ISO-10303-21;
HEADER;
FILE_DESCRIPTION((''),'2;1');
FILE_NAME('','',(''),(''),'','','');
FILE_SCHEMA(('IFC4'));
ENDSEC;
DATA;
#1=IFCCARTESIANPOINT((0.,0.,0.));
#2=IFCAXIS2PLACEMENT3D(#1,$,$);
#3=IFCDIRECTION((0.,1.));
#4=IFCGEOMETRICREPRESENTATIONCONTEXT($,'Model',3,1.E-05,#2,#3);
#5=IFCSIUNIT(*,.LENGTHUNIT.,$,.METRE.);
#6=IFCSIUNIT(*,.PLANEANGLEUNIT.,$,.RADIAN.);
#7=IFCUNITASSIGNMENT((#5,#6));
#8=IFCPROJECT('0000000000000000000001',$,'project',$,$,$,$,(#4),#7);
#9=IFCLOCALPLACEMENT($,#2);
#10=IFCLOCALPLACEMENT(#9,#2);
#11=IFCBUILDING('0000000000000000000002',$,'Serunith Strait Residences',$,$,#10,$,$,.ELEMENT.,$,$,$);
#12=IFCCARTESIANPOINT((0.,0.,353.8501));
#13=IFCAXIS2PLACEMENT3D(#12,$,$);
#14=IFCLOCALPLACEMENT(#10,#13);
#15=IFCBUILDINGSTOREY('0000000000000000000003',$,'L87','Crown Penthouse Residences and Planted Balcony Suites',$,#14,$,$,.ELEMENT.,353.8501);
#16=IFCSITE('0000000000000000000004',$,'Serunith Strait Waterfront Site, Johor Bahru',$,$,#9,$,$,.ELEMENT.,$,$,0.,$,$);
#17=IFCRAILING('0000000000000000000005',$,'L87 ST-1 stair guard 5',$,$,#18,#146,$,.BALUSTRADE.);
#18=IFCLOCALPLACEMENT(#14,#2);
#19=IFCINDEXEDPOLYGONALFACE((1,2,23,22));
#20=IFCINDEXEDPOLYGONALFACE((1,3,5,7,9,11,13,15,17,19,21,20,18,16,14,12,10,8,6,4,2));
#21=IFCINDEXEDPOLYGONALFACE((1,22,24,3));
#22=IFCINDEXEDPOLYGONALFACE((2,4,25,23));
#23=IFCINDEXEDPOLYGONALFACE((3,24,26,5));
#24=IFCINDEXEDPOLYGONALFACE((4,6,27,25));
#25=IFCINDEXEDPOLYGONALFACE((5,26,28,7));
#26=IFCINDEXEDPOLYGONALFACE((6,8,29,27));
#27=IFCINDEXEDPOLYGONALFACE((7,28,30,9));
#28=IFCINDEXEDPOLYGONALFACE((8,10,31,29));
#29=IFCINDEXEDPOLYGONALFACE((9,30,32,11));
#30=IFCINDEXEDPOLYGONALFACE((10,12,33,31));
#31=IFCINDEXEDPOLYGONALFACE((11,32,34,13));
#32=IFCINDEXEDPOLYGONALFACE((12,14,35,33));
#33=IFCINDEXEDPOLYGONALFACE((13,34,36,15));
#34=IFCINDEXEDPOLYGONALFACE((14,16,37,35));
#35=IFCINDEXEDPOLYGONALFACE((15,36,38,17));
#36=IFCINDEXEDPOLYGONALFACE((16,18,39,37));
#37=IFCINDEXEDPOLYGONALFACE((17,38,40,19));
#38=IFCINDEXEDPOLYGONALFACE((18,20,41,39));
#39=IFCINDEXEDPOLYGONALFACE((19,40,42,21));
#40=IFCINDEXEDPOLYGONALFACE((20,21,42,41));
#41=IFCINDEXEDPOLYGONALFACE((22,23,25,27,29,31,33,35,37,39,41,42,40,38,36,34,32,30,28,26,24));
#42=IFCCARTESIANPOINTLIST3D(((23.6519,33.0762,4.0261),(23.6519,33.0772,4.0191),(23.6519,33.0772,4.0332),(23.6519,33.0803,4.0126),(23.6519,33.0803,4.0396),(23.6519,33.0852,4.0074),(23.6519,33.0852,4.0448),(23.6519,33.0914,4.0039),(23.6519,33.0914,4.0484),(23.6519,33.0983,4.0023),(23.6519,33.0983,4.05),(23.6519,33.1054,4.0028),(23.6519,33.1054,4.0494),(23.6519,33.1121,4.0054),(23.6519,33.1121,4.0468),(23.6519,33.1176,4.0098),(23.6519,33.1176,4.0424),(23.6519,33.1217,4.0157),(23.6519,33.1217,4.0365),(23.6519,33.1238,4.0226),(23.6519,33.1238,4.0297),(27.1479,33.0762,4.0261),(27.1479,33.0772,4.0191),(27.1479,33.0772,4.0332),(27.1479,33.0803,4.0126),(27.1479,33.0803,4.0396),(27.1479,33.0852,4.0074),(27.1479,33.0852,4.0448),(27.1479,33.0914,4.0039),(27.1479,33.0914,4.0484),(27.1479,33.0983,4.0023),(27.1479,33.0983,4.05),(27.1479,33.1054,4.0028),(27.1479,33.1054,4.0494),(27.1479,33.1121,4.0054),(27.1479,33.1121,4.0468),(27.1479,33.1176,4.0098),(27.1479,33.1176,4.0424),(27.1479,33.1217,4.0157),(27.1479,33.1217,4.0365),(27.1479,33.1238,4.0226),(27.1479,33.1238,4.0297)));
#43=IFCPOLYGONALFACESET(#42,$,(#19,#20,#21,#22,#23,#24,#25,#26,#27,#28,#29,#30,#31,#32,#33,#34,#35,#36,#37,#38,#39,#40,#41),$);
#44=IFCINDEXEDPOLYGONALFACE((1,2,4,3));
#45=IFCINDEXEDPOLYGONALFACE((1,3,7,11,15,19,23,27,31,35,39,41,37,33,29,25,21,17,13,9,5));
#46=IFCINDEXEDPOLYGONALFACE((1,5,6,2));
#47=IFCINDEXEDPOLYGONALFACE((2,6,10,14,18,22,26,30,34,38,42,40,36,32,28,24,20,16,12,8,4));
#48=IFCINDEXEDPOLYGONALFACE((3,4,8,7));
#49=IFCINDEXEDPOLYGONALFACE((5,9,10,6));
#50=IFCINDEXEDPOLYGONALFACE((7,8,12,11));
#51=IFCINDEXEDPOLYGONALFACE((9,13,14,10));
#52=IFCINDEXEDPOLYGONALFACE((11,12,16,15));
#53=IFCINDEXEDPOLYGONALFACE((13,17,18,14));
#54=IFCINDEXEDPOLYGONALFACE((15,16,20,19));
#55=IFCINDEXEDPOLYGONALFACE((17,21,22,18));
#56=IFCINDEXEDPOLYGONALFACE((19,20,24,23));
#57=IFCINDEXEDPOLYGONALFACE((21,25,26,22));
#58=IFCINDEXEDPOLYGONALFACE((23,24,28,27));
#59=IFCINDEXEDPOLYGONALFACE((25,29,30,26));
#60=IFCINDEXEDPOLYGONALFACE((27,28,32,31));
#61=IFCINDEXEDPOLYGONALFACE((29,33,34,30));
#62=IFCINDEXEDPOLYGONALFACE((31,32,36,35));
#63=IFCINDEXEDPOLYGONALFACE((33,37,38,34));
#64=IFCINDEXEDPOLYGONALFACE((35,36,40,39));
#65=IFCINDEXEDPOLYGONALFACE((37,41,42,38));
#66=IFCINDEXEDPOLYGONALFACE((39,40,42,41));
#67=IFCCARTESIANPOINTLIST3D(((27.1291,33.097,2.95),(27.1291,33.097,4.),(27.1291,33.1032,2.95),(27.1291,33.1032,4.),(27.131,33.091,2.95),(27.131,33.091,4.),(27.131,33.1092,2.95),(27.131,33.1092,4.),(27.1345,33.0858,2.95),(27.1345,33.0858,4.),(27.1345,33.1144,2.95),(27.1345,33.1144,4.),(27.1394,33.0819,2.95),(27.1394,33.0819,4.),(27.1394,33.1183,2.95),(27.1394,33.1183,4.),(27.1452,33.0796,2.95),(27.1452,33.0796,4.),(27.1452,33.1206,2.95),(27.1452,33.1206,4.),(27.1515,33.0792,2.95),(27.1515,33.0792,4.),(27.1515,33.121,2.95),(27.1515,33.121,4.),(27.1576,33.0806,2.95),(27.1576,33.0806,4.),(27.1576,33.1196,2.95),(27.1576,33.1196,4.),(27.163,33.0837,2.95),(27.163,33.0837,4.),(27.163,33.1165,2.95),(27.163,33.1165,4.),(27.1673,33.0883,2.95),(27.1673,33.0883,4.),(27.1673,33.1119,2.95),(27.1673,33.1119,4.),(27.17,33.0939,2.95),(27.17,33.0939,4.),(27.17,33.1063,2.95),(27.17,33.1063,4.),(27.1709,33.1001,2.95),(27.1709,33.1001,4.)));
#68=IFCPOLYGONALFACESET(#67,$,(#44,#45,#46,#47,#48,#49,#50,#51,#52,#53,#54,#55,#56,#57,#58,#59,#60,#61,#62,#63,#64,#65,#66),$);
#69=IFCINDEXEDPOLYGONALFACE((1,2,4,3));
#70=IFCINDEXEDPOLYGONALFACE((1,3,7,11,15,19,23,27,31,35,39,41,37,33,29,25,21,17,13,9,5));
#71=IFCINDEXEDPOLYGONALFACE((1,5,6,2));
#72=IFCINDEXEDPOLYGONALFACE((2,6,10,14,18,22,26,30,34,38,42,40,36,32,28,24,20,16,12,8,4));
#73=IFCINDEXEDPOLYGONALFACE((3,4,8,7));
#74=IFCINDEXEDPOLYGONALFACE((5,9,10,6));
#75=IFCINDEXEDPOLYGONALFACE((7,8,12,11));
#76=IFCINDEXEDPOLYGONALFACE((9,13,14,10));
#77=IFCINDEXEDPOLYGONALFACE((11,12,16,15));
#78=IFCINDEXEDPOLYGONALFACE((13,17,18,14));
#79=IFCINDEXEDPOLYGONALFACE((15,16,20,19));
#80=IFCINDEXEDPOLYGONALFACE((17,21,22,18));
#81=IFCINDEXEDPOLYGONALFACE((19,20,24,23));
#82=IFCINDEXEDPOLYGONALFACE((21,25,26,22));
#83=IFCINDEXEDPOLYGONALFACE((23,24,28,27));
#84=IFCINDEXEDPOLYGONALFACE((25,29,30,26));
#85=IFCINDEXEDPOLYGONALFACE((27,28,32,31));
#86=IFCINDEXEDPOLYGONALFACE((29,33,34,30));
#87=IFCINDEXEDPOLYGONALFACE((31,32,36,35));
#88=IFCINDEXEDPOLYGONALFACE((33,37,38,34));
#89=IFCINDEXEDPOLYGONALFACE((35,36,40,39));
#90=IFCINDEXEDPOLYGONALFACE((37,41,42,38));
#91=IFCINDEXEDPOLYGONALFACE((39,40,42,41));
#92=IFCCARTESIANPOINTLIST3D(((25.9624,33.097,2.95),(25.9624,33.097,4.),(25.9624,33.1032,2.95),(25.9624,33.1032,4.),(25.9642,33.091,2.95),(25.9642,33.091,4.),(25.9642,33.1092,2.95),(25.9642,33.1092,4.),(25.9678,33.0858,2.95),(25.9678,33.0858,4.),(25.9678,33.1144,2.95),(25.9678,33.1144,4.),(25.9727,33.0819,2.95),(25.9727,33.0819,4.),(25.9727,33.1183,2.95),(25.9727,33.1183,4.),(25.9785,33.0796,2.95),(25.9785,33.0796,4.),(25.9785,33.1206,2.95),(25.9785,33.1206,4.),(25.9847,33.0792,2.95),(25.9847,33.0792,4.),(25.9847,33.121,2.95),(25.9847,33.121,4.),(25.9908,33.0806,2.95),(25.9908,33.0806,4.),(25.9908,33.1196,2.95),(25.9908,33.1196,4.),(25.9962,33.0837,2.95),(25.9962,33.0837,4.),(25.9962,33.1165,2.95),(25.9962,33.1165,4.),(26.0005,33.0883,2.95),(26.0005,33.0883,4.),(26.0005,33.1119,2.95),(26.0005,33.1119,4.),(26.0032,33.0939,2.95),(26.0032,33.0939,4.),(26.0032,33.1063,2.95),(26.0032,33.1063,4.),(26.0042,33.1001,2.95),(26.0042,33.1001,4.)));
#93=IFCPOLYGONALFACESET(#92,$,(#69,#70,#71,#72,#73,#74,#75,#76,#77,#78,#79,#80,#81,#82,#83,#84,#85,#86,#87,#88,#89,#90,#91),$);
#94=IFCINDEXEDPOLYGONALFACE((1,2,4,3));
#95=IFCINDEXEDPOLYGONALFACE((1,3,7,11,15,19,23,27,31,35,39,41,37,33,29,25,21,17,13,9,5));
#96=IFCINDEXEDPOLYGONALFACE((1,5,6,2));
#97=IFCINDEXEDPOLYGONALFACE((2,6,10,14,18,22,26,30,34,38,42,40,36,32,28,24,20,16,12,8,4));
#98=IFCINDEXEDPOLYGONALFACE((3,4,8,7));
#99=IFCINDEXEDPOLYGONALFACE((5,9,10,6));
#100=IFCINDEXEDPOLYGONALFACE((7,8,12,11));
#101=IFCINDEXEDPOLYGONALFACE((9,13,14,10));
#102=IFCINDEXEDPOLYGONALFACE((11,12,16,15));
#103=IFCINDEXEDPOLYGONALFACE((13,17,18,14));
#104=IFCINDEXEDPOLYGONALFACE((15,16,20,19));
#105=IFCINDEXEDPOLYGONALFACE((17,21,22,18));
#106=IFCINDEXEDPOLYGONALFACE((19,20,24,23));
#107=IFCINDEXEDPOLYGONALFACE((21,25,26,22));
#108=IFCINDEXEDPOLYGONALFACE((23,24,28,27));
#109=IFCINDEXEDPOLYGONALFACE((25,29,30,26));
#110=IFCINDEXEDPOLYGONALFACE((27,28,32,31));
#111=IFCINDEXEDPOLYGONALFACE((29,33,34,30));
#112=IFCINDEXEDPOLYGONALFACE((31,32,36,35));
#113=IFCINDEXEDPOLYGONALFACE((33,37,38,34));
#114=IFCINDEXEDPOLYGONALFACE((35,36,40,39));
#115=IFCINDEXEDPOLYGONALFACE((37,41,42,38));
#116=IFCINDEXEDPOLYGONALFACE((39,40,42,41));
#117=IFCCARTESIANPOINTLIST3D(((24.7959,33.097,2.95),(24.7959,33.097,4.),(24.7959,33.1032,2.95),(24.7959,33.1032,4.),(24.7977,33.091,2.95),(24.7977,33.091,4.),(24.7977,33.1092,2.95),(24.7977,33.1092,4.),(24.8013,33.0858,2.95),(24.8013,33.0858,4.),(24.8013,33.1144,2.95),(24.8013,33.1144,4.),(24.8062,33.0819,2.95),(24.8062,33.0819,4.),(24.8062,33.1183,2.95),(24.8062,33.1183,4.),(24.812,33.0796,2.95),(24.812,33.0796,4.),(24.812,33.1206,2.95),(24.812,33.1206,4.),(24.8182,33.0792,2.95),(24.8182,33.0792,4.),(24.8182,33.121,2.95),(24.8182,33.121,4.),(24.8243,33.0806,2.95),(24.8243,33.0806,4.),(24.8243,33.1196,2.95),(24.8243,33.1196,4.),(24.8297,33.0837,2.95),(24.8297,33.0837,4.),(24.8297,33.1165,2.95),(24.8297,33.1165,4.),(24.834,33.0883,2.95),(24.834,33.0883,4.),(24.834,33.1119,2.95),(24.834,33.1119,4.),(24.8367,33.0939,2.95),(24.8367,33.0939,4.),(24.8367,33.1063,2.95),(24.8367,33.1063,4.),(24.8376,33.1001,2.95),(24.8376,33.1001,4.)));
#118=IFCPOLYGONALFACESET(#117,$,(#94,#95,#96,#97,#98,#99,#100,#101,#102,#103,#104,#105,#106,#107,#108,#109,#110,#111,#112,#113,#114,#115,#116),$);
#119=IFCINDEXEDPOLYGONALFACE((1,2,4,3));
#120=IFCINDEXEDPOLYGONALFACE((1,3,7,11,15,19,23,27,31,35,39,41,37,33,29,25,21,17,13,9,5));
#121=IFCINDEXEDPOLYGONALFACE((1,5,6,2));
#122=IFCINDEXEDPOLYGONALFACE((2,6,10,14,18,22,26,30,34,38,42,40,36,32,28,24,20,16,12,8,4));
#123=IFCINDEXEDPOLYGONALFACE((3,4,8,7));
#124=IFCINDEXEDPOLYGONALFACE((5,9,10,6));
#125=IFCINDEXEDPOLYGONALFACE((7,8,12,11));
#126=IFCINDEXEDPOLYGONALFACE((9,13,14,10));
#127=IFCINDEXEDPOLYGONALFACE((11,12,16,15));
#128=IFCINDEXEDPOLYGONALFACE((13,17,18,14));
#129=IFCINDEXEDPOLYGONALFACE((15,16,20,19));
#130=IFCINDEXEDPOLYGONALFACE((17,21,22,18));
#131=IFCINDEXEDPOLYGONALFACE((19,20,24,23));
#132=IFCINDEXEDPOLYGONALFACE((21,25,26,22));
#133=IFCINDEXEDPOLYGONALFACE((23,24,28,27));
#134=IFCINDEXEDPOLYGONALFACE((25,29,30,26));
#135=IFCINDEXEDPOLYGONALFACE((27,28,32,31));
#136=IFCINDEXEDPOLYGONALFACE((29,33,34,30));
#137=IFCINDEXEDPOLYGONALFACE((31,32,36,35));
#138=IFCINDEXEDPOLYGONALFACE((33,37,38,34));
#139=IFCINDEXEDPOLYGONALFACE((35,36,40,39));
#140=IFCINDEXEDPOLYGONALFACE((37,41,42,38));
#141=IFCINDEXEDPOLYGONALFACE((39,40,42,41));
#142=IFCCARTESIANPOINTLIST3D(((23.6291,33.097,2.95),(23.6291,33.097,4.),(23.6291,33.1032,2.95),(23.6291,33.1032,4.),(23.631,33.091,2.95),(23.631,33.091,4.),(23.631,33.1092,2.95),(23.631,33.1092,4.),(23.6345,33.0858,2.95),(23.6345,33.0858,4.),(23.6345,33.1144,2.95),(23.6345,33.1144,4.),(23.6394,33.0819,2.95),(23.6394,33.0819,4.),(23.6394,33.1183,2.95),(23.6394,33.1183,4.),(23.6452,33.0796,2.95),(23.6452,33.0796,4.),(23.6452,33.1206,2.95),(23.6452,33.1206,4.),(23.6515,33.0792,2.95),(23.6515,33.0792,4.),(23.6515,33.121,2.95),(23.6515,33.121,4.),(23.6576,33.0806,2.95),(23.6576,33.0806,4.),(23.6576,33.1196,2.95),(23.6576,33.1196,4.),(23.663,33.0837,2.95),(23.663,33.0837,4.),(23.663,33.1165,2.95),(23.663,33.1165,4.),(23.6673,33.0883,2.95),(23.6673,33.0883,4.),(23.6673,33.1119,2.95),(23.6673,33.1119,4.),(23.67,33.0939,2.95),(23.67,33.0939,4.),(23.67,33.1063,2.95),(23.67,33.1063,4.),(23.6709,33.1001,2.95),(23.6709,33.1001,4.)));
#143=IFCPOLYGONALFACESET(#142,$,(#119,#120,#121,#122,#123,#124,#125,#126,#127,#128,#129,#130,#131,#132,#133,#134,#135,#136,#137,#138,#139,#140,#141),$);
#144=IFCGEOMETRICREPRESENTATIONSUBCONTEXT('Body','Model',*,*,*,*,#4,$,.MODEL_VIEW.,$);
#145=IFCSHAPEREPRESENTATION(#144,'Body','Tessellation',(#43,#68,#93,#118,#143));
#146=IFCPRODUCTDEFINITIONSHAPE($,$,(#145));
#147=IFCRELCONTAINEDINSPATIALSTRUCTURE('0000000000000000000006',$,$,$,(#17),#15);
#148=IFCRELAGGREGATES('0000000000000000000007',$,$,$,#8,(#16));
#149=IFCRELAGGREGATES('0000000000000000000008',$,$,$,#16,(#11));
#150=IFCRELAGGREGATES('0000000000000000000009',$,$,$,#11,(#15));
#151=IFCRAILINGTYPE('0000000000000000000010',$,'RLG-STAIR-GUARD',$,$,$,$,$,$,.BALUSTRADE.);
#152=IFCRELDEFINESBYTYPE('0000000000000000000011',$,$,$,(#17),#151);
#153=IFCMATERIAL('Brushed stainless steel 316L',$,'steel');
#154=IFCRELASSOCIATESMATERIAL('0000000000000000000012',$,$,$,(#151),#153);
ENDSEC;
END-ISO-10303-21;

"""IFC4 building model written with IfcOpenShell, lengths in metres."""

from ifc_helpers import new_model, si_unit, direction, frame, origin, origin_2d, place, context, subcontext, project, spatial, circle, extrude, material, type_object, element, save


model = new_model("IFC4")

# Units and contexts
model_context = context("Model", 3, precision=1e-05, world=origin(), true_north=direction((0.0, 1.0)))
body_context = subcontext(model_context, "Body", "Model", "MODEL_VIEW")
ifc_project = project(units=[si_unit("LENGTHUNIT", "METRE"), si_unit("PLANEANGLEUNIT", "RADIAN")], contexts=[model_context])

# Site, building, storey
site_placement = place(None, origin())
site = spatial("IfcSite", under=ifc_project, at=site_placement, Name="Serunith Strait Waterfront Site, Johor Bahru", CompositionType="ELEMENT", RefElevation=0.0)
building_placement = place(site_placement, origin())
building = spatial("IfcBuilding", under=site, at=building_placement, Name="Serunith Strait Residences", CompositionType="ELEMENT")
storey_placement = place(building_placement, frame((0.0, 0.0, 353.8501)))
storey = spatial("IfcBuildingStorey", under=building, at=storey_placement, Name="L87", Description="Crown Penthouse Residences and Planted Balcony Suites", CompositionType="ELEMENT", Elevation=353.8501)

# Railing
ifc_material_1 = material(Name="Brushed stainless steel 316L", Category="steel")
railing_type_1 = type_object("IfcRailingType", Name="RLG-STAIR-GUARD", PredefinedType="BALUSTRADE", material=ifc_material_1)
railing_1_placement = place(storey_placement, frame((27.1499, 33.1001, 2.95)))
element("IfcRailing", 1, at=railing_1_placement, inside=storey, type_object=railing_type_1, Name="L87 ST-1 stair guard 5", PredefinedType="BALUSTRADE", context=body_context, shape_type="SweptSolid", body=[
    extrude(circle(Radius=0.0239, at=origin_2d()), frame((-0.002, 0.0, 1.0762), z_axis=(-1.0, 0.0, 0.0), x_axis=(0.0, -1.0, 0.0)), (0.0, 0.0, 1.0), 3.4961),
    extrude(circle(Radius=0.021, at=origin_2d()), origin(), (0.0, 0.0, 1.0), 1.05),
    extrude(circle(Radius=0.021, at=origin_2d()), frame((-1.1667, 0.0, 0.0)), (0.0, 0.0, 1.0), 1.05),
    extrude(circle(Radius=0.021, at=origin_2d()), frame((-2.3333, 0.0, 0.0)), (0.0, 0.0, 1.0), 1.05),
    extrude(circle(Radius=0.021, at=origin_2d()), frame((-3.5, 0.0, 0.0)), (0.0, 0.0, 1.0), 1.05),
])

save(model, "model.ifc")
